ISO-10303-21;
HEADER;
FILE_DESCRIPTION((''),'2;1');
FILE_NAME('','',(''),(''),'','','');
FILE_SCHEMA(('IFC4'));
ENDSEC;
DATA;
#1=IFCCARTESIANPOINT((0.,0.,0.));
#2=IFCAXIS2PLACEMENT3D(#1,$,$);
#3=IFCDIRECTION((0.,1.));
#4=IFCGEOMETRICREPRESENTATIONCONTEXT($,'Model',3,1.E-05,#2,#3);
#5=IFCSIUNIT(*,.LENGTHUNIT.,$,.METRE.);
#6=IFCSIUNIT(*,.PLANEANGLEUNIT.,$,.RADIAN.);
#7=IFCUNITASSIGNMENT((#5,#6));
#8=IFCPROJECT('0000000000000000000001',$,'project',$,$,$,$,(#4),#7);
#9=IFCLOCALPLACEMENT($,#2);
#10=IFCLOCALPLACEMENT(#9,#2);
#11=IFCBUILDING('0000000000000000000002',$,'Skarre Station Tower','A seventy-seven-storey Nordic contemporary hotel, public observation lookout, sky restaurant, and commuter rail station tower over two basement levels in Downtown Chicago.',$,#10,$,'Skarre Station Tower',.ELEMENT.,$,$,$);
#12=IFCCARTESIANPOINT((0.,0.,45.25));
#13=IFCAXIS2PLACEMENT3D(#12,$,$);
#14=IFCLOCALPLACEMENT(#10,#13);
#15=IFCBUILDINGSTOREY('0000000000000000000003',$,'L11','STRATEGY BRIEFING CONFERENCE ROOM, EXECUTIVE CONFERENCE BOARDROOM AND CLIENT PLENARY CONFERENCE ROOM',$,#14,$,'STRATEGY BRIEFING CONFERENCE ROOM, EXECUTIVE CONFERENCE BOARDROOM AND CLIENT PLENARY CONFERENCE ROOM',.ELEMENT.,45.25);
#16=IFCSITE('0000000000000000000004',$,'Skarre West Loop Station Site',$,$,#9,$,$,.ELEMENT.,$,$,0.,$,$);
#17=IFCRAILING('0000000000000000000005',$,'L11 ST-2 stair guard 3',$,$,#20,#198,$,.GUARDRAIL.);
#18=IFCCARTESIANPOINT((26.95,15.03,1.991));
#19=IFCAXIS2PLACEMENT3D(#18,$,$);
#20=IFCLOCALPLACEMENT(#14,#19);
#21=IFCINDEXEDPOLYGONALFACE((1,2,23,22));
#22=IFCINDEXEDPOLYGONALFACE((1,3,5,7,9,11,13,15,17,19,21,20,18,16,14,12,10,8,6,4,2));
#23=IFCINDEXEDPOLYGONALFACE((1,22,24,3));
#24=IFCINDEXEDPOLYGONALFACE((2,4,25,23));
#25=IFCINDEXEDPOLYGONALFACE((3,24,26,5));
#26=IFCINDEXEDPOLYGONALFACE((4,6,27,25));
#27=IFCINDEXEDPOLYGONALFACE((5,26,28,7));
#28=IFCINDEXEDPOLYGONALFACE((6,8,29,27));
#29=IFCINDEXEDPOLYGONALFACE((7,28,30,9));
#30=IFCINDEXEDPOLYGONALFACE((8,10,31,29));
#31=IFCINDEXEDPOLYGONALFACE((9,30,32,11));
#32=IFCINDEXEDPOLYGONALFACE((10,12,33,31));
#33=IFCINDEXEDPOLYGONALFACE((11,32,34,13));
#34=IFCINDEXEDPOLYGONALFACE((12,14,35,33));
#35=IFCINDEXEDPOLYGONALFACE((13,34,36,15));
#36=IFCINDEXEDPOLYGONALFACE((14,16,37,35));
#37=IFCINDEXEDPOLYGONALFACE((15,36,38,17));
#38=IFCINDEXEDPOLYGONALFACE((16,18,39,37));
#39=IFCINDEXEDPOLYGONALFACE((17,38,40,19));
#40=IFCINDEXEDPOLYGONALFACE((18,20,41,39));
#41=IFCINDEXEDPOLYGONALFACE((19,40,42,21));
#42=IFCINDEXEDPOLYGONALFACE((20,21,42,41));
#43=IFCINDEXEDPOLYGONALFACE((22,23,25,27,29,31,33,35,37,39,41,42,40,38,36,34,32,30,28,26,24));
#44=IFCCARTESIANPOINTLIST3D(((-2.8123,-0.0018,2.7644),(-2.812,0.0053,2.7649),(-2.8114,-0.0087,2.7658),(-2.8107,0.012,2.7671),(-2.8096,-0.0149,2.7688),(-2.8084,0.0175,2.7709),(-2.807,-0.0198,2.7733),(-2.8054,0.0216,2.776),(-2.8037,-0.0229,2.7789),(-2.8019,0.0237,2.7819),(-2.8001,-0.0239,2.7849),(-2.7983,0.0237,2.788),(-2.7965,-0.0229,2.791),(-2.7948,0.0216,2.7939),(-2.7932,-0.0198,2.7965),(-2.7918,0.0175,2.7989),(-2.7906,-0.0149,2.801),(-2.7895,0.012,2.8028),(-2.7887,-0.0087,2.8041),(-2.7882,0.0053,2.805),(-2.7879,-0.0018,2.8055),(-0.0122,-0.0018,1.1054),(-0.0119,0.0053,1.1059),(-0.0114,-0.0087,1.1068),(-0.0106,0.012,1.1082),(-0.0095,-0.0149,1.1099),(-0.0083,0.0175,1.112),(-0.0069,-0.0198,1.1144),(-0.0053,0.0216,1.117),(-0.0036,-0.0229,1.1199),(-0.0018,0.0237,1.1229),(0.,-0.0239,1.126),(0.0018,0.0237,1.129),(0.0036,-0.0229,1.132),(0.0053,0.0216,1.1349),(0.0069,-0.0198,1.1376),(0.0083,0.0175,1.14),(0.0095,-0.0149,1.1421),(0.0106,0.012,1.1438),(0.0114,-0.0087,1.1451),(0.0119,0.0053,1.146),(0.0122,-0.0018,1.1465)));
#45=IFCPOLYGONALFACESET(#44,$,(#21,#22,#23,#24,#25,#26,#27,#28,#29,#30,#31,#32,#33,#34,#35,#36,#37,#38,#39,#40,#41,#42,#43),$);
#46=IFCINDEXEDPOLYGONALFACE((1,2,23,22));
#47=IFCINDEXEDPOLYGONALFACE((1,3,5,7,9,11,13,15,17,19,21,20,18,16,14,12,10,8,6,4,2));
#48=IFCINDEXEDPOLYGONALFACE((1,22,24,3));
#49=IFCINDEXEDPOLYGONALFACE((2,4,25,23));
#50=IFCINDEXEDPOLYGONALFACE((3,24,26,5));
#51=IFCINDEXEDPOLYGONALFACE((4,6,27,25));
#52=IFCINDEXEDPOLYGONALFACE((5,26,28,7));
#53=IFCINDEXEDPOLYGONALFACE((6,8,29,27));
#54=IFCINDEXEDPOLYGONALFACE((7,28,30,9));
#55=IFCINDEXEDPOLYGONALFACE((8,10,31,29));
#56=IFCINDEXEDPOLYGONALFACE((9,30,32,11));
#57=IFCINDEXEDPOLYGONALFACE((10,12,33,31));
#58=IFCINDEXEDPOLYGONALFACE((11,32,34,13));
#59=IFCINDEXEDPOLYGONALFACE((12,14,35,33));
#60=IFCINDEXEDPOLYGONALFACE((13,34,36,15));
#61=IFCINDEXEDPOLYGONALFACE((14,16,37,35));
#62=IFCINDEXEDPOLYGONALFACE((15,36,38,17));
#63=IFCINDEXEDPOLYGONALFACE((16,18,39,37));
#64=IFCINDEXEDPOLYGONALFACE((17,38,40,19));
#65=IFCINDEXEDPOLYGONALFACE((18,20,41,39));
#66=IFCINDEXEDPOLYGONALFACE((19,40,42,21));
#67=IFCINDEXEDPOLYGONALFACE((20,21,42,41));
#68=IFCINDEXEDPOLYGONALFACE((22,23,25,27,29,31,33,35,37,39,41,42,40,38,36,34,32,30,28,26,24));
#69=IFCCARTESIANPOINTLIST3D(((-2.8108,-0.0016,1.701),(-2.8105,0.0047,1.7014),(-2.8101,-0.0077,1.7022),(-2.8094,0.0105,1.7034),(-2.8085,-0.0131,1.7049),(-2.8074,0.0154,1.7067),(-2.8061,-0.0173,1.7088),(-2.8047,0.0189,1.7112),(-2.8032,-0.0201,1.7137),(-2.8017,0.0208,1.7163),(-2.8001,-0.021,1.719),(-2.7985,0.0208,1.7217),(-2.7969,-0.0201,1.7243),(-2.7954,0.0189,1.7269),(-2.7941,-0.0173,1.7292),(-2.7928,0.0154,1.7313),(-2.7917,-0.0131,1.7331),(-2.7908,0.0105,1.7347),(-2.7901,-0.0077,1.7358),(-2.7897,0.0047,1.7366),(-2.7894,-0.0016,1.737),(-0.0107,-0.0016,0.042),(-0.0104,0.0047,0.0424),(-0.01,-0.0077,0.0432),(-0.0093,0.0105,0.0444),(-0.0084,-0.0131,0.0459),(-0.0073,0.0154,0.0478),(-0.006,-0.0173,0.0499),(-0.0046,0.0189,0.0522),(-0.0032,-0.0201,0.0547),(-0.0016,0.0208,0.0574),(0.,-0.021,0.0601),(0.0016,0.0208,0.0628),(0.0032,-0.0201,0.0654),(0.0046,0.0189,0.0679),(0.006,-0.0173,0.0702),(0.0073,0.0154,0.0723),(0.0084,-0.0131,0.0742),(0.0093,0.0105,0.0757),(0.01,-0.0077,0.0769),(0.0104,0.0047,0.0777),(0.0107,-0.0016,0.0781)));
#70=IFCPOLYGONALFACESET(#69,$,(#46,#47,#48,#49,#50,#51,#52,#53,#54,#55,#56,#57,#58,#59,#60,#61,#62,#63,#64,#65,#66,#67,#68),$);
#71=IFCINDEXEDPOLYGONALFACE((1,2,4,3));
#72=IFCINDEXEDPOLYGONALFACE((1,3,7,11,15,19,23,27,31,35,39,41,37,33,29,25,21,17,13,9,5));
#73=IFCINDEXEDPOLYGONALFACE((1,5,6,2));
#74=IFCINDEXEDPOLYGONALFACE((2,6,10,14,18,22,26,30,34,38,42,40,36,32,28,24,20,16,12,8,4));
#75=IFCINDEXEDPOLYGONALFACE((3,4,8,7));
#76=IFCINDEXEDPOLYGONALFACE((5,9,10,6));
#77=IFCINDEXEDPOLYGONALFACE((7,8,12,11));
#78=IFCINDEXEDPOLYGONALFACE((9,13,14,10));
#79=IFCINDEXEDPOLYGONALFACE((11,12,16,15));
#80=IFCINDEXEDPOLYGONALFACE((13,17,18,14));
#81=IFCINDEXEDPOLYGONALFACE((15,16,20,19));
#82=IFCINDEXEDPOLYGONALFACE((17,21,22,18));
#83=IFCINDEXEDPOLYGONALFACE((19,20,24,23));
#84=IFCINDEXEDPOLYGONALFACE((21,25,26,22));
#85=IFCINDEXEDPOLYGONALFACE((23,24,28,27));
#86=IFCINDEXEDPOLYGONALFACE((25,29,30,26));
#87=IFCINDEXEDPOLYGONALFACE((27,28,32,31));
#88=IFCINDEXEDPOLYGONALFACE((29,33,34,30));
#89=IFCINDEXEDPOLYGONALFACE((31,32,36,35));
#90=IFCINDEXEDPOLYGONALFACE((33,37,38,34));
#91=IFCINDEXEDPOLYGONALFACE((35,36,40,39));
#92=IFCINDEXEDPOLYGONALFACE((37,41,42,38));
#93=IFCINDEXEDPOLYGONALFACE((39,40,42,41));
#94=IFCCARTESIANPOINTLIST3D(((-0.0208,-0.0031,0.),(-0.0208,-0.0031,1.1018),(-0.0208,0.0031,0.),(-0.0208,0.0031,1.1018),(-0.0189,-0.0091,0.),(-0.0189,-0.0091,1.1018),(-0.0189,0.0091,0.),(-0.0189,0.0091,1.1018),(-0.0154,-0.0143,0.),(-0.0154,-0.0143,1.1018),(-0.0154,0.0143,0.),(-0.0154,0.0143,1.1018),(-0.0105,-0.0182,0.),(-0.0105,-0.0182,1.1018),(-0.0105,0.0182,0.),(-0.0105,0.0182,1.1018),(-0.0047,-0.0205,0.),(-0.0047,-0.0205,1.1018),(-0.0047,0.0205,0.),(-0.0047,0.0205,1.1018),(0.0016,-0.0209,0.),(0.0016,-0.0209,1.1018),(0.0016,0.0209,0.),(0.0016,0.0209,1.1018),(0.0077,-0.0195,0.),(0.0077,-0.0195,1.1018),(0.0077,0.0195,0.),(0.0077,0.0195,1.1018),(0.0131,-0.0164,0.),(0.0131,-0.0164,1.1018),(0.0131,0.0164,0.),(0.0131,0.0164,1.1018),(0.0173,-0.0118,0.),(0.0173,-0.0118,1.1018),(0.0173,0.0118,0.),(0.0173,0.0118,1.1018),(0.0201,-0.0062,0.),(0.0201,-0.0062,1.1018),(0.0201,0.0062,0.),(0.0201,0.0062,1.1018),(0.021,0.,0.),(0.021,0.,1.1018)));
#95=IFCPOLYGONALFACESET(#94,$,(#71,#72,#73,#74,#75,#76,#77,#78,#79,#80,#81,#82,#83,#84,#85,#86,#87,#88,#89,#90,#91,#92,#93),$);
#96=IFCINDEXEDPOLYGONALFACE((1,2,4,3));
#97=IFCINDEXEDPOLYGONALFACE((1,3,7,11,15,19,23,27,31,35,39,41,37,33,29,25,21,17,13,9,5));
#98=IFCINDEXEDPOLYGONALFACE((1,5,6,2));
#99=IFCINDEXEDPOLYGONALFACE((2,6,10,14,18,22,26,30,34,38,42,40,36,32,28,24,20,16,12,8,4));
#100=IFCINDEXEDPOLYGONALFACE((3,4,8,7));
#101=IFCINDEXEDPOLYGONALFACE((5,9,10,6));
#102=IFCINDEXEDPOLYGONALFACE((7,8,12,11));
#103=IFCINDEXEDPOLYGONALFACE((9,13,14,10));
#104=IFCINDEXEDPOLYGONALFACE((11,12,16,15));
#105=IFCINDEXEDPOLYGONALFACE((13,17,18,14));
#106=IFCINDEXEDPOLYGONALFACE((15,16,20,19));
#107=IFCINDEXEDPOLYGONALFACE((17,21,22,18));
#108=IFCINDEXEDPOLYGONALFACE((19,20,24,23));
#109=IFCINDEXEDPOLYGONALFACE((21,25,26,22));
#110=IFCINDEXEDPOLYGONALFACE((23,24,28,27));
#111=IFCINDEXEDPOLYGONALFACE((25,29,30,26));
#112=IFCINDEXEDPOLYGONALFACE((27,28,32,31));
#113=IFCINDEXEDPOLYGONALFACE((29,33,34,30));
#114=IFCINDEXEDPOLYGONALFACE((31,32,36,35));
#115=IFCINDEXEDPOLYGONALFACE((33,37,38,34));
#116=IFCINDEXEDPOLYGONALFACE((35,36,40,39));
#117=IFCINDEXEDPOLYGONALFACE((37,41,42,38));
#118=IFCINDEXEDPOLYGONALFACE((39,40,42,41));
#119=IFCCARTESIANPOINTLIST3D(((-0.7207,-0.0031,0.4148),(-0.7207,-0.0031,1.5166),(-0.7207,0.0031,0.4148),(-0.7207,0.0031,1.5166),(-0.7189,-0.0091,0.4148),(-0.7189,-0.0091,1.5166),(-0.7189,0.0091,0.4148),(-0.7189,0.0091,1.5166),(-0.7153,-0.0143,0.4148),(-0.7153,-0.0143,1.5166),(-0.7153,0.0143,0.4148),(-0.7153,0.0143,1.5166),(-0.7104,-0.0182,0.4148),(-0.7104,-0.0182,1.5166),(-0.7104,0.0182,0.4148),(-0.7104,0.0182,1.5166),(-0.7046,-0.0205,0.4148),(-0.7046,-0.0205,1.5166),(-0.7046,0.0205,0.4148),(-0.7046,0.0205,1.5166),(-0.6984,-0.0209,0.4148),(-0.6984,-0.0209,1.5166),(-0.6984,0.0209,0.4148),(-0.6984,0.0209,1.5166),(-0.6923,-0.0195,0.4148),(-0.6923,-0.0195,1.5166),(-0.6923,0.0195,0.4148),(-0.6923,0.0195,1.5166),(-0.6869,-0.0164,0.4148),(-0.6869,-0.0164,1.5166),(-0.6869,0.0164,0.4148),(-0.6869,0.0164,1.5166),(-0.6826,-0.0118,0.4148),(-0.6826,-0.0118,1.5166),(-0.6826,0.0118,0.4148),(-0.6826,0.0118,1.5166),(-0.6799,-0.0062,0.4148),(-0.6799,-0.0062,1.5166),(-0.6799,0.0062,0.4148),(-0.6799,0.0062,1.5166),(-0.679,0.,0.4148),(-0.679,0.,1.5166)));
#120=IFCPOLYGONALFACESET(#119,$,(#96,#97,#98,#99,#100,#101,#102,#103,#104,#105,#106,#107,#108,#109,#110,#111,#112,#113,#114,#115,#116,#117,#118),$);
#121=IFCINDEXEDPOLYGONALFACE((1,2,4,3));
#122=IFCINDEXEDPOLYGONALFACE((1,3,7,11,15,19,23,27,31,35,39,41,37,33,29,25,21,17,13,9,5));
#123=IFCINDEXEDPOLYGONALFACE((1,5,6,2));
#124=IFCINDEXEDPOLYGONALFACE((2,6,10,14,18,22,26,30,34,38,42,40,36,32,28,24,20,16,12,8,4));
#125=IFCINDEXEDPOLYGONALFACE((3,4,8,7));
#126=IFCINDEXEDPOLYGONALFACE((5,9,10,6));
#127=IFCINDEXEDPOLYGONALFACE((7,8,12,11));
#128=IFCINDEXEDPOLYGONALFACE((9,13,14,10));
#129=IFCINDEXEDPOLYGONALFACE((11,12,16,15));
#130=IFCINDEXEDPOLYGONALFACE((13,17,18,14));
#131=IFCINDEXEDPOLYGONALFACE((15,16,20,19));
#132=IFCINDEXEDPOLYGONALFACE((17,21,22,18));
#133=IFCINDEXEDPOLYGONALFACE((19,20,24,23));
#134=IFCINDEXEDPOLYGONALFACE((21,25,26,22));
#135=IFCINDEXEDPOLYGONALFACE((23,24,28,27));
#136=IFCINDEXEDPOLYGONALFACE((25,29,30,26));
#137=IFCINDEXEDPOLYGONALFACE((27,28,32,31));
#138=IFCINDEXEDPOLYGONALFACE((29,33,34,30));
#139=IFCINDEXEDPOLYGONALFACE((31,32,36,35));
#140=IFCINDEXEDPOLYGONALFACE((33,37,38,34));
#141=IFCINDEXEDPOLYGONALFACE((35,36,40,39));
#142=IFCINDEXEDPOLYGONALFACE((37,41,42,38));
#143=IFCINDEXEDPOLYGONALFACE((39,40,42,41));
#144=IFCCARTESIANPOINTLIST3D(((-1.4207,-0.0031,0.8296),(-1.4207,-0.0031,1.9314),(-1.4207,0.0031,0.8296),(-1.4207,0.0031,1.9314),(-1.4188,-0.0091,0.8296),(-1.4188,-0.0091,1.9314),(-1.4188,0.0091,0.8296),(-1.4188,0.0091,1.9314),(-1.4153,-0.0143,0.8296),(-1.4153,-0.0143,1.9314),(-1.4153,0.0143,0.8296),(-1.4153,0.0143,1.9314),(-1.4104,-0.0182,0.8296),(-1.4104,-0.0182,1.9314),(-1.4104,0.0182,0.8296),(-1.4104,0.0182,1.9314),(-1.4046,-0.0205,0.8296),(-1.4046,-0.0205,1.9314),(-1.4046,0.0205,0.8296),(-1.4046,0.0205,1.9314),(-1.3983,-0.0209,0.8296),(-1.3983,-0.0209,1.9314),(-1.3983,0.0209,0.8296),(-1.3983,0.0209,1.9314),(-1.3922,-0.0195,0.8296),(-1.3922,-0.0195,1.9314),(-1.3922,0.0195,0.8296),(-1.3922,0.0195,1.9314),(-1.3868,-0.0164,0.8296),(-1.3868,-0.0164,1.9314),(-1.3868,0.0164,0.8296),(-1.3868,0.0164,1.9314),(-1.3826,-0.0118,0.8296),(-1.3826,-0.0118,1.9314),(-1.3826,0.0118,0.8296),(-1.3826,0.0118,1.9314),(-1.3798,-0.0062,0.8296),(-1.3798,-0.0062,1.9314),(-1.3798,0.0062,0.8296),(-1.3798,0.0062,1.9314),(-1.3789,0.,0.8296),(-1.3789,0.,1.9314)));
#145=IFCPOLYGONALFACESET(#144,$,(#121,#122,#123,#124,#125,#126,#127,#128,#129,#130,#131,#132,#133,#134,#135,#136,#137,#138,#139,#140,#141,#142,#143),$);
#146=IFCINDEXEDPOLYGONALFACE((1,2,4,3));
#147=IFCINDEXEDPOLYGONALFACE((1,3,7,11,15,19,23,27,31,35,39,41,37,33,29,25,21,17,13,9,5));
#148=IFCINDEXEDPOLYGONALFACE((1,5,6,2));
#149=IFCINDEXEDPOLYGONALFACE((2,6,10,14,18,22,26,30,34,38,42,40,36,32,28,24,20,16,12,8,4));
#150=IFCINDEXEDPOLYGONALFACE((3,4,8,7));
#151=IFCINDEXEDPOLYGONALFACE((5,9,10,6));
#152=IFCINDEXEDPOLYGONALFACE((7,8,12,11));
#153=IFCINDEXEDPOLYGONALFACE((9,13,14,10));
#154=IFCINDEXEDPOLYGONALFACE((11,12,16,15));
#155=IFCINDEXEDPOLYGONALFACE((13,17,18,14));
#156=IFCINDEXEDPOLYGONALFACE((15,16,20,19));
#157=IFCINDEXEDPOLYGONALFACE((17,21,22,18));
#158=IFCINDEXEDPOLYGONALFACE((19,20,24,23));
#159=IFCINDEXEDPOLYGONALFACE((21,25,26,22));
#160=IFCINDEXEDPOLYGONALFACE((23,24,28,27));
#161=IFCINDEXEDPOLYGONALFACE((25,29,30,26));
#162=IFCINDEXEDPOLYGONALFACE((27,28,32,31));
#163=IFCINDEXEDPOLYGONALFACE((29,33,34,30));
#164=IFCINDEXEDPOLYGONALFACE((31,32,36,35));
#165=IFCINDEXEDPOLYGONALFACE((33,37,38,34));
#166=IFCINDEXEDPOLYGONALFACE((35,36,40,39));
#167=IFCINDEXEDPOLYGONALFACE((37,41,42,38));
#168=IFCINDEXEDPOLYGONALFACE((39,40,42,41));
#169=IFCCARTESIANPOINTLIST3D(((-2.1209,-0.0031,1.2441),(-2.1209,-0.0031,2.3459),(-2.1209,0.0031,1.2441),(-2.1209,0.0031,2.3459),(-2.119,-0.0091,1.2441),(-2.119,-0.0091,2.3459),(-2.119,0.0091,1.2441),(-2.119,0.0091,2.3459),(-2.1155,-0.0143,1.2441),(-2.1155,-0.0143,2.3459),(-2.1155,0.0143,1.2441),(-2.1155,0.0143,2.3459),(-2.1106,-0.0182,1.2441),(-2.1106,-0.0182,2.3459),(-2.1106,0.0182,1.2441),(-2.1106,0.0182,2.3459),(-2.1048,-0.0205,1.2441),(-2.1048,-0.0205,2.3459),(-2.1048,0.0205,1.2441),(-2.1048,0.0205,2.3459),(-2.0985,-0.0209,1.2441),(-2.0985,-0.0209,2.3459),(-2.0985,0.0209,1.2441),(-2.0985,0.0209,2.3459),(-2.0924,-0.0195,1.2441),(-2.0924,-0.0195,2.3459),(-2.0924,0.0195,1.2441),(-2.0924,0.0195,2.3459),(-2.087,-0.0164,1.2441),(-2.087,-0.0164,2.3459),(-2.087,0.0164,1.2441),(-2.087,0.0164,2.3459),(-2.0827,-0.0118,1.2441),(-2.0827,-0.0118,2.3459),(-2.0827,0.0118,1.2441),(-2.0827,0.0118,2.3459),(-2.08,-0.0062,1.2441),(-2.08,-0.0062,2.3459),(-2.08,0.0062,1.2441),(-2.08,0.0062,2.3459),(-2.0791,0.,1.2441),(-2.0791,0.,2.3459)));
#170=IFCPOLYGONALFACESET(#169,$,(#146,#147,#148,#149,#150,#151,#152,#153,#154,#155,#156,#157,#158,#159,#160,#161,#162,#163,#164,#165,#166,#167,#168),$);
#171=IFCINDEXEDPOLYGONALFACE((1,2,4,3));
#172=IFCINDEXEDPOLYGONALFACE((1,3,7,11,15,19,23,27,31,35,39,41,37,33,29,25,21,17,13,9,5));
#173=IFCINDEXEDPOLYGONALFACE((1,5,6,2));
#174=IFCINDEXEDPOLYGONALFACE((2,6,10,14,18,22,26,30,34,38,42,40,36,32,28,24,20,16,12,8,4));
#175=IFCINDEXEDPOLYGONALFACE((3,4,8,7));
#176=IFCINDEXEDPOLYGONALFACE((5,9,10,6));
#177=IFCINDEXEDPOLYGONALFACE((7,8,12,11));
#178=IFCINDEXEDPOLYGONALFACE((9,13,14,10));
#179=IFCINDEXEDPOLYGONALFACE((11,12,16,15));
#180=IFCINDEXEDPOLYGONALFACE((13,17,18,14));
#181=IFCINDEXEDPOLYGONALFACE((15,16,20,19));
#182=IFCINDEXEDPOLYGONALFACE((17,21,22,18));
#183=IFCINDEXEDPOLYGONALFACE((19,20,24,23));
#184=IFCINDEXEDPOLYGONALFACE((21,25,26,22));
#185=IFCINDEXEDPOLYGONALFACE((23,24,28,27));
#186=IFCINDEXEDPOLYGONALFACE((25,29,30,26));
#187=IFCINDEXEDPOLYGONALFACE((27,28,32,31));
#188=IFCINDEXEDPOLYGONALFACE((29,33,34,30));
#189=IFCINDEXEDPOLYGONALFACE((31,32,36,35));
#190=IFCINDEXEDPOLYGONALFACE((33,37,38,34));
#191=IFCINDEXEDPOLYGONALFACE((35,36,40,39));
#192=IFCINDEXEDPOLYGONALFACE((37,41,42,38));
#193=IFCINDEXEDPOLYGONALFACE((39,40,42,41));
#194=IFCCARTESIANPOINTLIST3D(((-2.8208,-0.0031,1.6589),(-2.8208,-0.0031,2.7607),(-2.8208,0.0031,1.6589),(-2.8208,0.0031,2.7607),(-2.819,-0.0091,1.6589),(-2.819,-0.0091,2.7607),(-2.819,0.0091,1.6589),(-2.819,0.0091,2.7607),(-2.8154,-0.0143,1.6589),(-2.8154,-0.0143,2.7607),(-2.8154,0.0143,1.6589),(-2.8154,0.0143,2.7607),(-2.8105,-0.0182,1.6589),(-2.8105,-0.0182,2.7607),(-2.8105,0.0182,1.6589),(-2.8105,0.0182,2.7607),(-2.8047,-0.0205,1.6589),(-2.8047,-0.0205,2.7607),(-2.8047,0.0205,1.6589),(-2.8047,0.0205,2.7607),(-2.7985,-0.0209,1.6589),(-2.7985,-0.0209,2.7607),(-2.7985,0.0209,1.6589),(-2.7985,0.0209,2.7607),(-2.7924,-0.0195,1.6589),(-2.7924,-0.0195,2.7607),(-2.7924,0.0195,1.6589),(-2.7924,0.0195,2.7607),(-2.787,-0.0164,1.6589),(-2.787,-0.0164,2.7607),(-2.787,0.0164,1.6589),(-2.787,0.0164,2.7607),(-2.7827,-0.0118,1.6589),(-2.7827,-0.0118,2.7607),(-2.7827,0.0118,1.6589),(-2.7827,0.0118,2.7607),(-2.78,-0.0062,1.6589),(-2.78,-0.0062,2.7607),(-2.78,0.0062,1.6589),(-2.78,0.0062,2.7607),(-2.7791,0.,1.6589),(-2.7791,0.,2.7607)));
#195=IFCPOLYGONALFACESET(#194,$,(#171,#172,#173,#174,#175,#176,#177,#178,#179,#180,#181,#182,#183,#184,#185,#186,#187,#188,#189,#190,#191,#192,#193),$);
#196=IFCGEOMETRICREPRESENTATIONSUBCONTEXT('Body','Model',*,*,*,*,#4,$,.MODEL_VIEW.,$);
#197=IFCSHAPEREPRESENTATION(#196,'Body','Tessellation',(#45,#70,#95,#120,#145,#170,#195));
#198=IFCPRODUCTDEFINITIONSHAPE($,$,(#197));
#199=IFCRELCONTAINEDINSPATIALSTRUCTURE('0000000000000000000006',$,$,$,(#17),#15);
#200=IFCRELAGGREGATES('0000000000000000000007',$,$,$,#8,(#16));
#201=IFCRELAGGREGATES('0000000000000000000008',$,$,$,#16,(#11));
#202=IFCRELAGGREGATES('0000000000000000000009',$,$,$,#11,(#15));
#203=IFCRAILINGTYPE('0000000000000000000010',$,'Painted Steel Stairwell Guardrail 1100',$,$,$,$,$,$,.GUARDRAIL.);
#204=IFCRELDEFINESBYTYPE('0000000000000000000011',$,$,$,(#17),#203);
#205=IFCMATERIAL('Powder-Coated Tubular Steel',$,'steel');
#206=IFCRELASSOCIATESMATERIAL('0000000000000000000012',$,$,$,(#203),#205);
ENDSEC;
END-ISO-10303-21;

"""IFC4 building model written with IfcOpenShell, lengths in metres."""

from ifc_helpers import new_model, si_unit, direction, frame, origin, origin_2d, place, context, subcontext, project, spatial, circle, extrude, material, type_object, element, save


model = new_model("IFC4")

# Units and contexts
model_context = context("Model", 3, precision=1e-05, world=origin(), true_north=direction((0.0, 1.0)))
body_context = subcontext(model_context, "Body", "Model", "MODEL_VIEW")
ifc_project = project(units=[si_unit("LENGTHUNIT", "METRE"), si_unit("PLANEANGLEUNIT", "RADIAN")], contexts=[model_context])

# Site, building, storey
site_placement = place(None, origin())
site = spatial("IfcSite", under=ifc_project, at=site_placement, Name="Skarre West Loop Station Site", CompositionType="ELEMENT", RefElevation=0.0)
building_placement = place(site_placement, origin())
building = spatial("IfcBuilding", under=site, at=building_placement, Name="Skarre Station Tower", Description="A seventy-seven-storey Nordic contemporary hotel, public observation lookout, sky restaurant, and commuter rail station tower over two basement levels in Downtown Chicago.", LongName="Skarre Station Tower", CompositionType="ELEMENT")
storey_placement = place(building_placement, frame((0.0, 0.0, 45.25)))
storey = spatial("IfcBuildingStorey", under=building, at=storey_placement, Name="L11", Description="STRATEGY BRIEFING CONFERENCE ROOM, EXECUTIVE CONFERENCE BOARDROOM AND CLIENT PLENARY CONFERENCE ROOM", LongName="STRATEGY BRIEFING CONFERENCE ROOM, EXECUTIVE CONFERENCE BOARDROOM AND CLIENT PLENARY CONFERENCE ROOM", CompositionType="ELEMENT", Elevation=45.25)

# Railing
ifc_material_1 = material(Name="Powder-Coated Tubular Steel", Category="steel")
railing_type_1 = type_object("IfcRailingType", Name="Painted Steel Stairwell Guardrail 1100", PredefinedType="GUARDRAIL", material=ifc_material_1)
railing_1_placement = place(storey_placement, frame((26.95, 15.03, 1.991)))
element("IfcRailing", 1, at=railing_1_placement, inside=storey, type_object=railing_type_1, Name="L11 ST-2 stair guard 3", PredefinedType="GUARDRAIL", context=body_context, shape_type="SweptSolid", body=[
    extrude(circle(Radius=0.0239, at=origin_2d()), frame((0.0, 0.0, 1.126), z_axis=(-0.860339, 0.0, 0.509722), x_axis=(0.0, -1.0, 0.0)), (0.0, 0.0, 1.0), 3.2546),
    extrude(circle(Radius=0.021, at=origin_2d()), frame((0.0, 0.0, 0.0601), z_axis=(-0.860339, 0.0, 0.509722), x_axis=(0.0, -1.0, 0.0)), (0.0, 0.0, 1.0), 3.2546),
    extrude(circle(Radius=0.021, at=origin_2d()), origin(), (0.0, 0.0, 1.0), 1.1018),
    extrude(circle(Radius=0.021, at=origin_2d()), frame((-0.7, 0.0, 0.4148)), (0.0, 0.0, 1.0), 1.1018),
    extrude(circle(Radius=0.021, at=origin_2d()), frame((-1.3999, 0.0, 0.8296)), (0.0, 0.0, 1.0), 1.1018),
    extrude(circle(Radius=0.021, at=origin_2d()), frame((-2.1001, 0.0, 1.2441)), (0.0, 0.0, 1.0), 1.1018),
    extrude(circle(Radius=0.021, at=origin_2d()), frame((-2.8, 0.0, 1.6589)), (0.0, 0.0, 1.0), 1.1018),
])

save(model, "model.ifc")
